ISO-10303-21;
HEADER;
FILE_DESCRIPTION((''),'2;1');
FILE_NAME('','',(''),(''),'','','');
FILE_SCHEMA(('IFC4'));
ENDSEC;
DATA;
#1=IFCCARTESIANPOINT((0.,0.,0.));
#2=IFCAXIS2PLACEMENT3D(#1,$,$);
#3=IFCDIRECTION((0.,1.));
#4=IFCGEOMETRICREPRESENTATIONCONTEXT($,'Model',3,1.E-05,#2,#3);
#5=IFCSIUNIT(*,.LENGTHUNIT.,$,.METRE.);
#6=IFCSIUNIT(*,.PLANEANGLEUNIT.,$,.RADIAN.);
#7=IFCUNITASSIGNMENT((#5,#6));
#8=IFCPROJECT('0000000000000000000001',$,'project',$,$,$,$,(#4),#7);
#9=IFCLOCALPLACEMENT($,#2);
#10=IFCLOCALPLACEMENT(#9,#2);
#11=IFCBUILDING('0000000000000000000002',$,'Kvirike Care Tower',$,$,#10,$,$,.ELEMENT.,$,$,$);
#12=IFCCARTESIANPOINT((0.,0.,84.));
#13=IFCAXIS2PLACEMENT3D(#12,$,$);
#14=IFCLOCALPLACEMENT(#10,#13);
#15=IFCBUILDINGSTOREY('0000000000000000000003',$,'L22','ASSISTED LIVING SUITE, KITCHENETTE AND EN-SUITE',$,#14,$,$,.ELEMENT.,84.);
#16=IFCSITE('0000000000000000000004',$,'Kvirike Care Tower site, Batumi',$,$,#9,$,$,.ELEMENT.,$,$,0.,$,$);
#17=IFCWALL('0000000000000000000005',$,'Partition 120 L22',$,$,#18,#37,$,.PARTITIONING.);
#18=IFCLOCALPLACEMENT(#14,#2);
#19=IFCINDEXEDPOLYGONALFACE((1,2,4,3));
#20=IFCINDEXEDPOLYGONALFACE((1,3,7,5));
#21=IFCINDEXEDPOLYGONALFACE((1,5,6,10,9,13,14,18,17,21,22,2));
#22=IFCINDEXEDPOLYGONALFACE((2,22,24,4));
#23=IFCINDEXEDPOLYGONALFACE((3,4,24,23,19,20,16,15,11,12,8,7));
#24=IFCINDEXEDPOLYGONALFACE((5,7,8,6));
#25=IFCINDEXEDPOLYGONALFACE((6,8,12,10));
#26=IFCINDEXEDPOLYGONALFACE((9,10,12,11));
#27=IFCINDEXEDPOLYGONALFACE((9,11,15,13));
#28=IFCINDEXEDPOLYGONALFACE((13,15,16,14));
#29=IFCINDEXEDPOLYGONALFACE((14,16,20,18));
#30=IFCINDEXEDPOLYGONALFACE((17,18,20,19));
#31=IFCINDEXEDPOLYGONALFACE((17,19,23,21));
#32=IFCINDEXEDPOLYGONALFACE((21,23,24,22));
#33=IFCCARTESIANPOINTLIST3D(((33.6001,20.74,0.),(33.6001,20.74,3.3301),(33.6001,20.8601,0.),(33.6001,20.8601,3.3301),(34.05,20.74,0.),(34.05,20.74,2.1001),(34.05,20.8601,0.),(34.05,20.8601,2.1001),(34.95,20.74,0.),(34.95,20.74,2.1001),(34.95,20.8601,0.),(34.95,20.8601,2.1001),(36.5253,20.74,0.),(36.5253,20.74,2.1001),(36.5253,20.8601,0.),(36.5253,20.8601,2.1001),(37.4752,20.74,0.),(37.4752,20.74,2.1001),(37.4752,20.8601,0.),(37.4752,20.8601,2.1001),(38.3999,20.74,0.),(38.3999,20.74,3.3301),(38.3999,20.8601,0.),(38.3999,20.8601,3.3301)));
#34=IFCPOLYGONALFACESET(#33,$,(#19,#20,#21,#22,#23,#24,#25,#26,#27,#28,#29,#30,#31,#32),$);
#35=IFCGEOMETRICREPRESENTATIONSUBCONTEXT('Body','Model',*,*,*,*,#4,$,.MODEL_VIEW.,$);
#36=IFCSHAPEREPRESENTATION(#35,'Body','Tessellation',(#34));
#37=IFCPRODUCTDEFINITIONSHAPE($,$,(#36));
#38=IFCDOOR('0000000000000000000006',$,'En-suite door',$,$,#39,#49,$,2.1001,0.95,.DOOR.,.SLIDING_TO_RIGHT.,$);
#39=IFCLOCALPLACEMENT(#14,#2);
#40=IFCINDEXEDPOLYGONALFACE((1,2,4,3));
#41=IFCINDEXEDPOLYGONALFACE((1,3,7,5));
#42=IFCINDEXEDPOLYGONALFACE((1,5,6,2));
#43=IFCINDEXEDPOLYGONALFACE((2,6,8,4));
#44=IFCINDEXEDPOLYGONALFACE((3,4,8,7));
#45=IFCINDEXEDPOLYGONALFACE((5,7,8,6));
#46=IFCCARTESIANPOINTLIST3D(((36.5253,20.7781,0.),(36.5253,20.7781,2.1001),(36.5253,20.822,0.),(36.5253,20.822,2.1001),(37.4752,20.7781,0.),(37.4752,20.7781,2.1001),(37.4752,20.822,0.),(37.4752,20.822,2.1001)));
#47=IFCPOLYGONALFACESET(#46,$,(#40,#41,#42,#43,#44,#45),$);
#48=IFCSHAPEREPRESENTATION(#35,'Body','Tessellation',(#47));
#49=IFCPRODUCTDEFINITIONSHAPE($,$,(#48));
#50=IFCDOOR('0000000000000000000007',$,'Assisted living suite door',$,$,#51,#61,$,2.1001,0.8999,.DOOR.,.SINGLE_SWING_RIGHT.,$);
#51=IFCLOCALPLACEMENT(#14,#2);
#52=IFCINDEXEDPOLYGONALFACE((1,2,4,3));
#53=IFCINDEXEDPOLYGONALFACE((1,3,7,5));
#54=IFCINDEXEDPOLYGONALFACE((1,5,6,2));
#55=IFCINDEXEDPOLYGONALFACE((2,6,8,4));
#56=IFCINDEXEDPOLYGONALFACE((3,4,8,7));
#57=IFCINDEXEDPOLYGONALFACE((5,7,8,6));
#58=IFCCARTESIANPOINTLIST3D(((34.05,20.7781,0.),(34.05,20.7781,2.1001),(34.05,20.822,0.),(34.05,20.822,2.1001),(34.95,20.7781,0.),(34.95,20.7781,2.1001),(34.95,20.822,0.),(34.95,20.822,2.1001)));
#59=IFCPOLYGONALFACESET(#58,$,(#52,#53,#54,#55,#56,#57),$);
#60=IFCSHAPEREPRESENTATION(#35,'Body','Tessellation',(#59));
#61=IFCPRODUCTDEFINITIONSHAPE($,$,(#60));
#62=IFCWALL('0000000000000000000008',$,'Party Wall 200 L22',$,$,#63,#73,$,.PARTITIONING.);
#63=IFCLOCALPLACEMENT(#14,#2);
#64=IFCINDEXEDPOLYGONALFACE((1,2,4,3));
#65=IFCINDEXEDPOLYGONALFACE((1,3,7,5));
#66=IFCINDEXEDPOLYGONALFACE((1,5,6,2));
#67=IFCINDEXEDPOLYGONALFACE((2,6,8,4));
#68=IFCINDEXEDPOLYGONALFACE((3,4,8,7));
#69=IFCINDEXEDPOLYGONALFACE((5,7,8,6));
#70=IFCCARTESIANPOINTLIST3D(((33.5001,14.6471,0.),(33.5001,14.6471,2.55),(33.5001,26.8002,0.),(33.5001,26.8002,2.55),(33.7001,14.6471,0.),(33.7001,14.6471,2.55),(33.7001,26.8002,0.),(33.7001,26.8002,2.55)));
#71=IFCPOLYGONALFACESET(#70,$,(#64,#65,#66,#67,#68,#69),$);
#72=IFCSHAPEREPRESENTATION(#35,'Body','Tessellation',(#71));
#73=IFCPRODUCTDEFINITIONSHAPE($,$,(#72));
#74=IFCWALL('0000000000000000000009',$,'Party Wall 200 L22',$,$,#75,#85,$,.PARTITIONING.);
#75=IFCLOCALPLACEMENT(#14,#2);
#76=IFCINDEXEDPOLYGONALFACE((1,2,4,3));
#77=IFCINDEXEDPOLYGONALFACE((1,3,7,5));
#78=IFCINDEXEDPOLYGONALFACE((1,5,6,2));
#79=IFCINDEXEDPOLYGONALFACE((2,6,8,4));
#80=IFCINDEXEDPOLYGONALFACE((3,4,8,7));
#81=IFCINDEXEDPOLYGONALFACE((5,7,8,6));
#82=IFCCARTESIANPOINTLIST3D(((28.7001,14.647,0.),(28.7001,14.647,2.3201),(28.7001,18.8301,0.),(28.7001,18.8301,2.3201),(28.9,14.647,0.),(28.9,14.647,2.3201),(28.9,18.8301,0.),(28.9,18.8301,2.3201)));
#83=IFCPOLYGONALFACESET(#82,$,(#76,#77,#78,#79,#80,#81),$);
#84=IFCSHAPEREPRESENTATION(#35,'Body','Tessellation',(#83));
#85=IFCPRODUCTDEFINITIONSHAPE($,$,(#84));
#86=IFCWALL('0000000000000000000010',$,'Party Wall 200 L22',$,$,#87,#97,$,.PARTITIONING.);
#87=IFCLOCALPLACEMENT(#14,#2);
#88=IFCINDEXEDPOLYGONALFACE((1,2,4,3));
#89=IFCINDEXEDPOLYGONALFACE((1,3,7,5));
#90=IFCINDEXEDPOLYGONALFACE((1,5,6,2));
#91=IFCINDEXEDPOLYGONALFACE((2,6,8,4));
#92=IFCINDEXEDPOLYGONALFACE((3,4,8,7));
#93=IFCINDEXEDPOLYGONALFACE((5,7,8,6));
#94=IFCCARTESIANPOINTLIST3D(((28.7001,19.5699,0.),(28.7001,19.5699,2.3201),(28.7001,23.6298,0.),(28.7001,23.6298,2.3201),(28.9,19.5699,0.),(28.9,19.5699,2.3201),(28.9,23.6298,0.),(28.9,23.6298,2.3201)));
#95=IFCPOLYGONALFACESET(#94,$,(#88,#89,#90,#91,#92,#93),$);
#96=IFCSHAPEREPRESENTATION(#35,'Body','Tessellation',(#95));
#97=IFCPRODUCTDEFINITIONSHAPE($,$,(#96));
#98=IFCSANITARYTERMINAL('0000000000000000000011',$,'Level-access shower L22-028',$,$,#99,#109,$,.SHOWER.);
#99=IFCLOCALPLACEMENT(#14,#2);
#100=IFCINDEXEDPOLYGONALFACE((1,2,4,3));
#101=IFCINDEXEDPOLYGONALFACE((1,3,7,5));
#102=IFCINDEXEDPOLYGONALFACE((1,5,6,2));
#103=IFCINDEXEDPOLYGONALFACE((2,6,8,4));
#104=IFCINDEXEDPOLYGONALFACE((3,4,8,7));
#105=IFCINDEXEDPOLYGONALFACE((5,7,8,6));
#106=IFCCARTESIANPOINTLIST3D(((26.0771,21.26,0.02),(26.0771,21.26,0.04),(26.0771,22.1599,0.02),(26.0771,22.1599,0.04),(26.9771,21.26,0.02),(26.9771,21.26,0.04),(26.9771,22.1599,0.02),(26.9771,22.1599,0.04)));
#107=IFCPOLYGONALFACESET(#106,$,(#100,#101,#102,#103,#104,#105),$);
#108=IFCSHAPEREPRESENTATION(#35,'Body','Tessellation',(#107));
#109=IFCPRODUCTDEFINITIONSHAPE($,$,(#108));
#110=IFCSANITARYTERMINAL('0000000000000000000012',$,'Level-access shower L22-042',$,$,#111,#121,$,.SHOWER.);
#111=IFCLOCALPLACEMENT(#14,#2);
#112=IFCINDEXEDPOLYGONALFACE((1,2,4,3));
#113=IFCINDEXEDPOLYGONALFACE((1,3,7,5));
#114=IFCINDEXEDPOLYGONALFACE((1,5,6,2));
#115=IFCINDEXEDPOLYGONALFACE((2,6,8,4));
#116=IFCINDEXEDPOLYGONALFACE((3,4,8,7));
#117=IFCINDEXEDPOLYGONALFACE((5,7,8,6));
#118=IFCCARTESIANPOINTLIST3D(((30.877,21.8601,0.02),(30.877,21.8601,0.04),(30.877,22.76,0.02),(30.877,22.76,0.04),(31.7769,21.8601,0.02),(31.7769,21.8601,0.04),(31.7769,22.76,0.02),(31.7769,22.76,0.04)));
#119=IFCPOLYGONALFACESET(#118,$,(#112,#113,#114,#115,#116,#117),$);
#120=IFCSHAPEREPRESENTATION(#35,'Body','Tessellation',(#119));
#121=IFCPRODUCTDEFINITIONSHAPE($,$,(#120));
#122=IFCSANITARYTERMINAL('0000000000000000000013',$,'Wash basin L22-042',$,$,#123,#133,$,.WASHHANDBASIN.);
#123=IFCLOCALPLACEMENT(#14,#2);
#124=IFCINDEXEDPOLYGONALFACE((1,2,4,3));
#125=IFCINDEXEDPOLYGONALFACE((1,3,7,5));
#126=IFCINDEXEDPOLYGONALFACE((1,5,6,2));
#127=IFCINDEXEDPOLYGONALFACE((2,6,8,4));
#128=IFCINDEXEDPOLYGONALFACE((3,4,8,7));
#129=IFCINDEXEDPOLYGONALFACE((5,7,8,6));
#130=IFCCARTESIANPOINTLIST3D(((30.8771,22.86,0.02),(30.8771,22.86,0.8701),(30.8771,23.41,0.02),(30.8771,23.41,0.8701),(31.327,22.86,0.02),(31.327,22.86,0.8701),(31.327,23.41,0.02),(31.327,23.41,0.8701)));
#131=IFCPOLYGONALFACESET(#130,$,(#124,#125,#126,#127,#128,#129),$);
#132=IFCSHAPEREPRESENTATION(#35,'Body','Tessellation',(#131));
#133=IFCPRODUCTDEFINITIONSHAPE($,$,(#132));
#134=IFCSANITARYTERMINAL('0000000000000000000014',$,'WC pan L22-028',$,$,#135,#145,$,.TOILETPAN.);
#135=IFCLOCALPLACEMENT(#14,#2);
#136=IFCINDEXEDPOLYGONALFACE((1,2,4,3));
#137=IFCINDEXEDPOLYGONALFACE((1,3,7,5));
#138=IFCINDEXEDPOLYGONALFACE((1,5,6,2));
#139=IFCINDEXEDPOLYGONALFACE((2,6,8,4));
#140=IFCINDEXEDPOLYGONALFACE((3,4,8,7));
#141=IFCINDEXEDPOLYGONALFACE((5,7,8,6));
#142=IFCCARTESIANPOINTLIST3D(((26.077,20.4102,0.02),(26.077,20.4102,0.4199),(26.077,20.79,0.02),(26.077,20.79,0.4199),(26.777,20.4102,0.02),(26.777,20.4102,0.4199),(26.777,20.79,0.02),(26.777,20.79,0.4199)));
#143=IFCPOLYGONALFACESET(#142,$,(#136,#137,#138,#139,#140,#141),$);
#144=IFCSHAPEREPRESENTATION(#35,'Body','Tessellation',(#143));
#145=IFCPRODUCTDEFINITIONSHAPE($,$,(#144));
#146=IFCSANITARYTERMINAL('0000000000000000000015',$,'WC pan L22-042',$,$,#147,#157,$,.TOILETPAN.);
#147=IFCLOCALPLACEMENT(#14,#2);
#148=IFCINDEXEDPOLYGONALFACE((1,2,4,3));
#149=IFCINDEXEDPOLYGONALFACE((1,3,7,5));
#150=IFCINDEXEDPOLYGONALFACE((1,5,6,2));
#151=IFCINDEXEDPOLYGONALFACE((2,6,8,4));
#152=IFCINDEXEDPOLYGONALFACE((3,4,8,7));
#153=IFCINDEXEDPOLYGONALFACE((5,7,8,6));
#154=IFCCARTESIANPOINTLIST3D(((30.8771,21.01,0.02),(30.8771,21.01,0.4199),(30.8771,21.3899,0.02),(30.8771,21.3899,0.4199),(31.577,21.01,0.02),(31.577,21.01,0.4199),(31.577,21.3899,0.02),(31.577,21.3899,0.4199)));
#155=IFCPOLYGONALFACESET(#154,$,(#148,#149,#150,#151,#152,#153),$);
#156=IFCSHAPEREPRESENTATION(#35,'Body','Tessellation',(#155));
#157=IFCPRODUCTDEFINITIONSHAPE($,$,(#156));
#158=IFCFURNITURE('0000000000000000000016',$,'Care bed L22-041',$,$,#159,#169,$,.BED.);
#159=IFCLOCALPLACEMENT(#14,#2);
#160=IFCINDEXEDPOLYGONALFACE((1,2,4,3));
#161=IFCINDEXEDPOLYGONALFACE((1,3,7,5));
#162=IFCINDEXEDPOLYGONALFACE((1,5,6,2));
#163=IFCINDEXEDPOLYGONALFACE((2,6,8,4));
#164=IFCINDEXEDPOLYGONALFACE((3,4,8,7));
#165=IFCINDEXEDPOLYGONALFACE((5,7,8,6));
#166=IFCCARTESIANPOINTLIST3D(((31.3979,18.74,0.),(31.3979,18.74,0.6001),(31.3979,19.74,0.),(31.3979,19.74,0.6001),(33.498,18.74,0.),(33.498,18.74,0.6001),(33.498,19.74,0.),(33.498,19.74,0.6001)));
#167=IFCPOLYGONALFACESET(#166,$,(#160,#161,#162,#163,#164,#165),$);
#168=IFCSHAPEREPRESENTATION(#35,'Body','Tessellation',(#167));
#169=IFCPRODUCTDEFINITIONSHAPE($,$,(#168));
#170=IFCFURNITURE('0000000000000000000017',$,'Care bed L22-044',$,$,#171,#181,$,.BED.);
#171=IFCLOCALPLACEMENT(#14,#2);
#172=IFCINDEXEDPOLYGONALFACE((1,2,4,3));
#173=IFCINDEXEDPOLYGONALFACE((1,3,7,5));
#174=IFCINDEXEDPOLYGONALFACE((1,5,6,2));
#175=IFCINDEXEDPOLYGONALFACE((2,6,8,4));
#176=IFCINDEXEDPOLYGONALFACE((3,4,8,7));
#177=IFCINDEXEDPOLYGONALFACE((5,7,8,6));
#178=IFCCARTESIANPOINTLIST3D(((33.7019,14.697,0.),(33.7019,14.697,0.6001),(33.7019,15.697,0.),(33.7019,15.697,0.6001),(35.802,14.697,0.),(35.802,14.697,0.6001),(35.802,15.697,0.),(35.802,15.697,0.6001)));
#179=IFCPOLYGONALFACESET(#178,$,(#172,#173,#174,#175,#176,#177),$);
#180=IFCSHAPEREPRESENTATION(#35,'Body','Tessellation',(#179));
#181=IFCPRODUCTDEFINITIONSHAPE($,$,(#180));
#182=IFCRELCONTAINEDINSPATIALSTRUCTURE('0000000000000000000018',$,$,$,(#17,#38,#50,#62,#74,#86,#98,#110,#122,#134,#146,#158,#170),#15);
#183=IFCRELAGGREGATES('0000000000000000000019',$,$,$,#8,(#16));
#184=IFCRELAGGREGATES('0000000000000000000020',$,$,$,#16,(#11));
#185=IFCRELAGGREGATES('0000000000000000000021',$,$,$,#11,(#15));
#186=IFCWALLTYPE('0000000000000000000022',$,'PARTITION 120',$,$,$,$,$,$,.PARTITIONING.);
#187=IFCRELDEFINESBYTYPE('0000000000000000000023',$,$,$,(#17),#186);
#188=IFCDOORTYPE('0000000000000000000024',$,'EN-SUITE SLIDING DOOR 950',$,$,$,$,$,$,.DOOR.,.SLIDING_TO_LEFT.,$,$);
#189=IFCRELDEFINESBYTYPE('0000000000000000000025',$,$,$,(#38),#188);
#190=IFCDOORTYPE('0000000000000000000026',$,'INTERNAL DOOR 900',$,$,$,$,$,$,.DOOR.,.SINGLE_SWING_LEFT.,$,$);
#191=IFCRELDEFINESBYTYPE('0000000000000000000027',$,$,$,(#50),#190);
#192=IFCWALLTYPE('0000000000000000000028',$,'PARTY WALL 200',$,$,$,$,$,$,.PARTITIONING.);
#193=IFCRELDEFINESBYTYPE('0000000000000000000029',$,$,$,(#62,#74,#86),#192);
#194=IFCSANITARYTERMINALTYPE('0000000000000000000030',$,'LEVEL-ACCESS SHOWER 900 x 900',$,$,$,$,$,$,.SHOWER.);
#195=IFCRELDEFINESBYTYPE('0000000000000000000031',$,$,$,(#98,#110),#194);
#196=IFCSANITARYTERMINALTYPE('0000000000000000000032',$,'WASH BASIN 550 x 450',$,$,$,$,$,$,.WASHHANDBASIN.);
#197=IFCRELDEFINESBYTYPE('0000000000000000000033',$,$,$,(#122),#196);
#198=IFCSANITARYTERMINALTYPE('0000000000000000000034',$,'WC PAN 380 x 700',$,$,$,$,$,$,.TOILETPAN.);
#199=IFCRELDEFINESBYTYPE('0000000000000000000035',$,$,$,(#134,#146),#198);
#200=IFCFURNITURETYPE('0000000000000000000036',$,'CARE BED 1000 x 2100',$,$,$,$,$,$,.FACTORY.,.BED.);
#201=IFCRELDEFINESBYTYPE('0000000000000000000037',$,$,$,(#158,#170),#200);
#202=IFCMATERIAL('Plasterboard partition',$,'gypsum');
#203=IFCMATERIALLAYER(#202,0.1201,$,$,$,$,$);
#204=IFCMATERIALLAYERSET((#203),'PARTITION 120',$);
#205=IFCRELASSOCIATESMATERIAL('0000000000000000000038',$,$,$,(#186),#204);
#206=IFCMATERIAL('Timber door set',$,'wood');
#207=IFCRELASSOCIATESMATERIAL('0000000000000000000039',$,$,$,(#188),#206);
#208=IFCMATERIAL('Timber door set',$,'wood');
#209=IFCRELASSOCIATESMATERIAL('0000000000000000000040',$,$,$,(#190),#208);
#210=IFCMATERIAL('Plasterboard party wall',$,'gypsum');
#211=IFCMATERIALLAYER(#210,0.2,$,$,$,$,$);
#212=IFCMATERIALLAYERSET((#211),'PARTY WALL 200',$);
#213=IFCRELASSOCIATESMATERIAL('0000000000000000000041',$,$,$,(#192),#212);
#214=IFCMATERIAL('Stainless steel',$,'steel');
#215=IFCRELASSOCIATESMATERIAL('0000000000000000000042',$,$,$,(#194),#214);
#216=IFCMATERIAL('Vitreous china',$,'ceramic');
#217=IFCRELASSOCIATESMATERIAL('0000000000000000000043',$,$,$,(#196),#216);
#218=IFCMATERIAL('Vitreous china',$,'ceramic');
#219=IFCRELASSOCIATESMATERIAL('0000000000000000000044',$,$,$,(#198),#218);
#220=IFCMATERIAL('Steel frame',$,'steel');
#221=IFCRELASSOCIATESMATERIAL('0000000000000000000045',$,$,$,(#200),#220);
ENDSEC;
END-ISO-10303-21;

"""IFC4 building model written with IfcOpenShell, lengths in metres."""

from ifc_helpers import new_model, si_unit, direction, frame, frame_2d, origin, origin_2d, place, context, subcontext, project, spatial, rectangle, extrude, material, layer, layer_set, type_object, element, fill, save


model = new_model("IFC4")

# Units and contexts
model_context = context("Model", 3, precision=1e-05, world=origin(), true_north=direction((0.0, 1.0)))
body_context = subcontext(model_context, "Body", "Model", "MODEL_VIEW")
ifc_project = project(units=[si_unit("LENGTHUNIT", "METRE"), si_unit("PLANEANGLEUNIT", "RADIAN")], contexts=[model_context])

# Site, building, storey
site_placement = place(None, origin())
site = spatial("IfcSite", under=ifc_project, at=site_placement, Name="Kvirike Care Tower site, Batumi", CompositionType="ELEMENT", RefElevation=0.0)
building_placement = place(site_placement, origin())
building = spatial("IfcBuilding", under=site, at=building_placement, Name="Kvirike Care Tower", CompositionType="ELEMENT")
storey_placement = place(building_placement, frame((0.0, 0.0, 84.0)))
storey = spatial("IfcBuildingStorey", under=building, at=storey_placement, Name="L22", Description="ASSISTED LIVING SUITE, KITCHENETTE AND EN-SUITE", CompositionType="ELEMENT", Elevation=84.0)

# Wall, openings, doors
ifc_material_1 = material(Name="Plasterboard partition", Category="gypsum")
ifc_layer_1 = layer(ifc_material_1, 0.1201)
ifc_layer_set_1 = layer_set([ifc_layer_1], Name="PARTITION 120")
wall_type_1 = type_object("IfcWallType", Name="PARTITION 120", PredefinedType="PARTITIONING", material=ifc_layer_set_1)
ifc_material_2 = material(Name="Timber door set", Category="wood")
door_type_1 = type_object("IfcDoorType", Name="EN-SUITE SLIDING DOOR 950", OperationType="SLIDING_TO_LEFT", PredefinedType="DOOR", material=ifc_material_2)
ifc_material_3 = material(Name="Timber door set", Category="wood")
door_type_2 = type_object("IfcDoorType", Name="INTERNAL DOOR 900", OperationType="SINGLE_SWING_LEFT", PredefinedType="DOOR", material=ifc_material_3)
wall_1_placement = place(storey_placement, frame((33.6001, 20.8, 0.0), z_axis=(0.0, 0.0, 1.0), x_axis=(1.0, 0.0, 0.0)))
wall_1 = element("IfcWall", 1, at=wall_1_placement, inside=storey, type_object=wall_type_1, Name="Partition 120 L22", PredefinedType="PARTITIONING", context=body_context, shape_type="SweptSolid", body=[
    extrude(rectangle(XDim=4.7998, YDim=0.1201, at=frame_2d((2.3999, 0.0))), origin(), (0.0, 0.0, 1.0), 3.3301),
])
opening_1_placement = place(wall_1_placement, frame((0.45, 0.0, 0.0)))
opening_1 = element("IfcOpeningElement", 2, at=opening_1_placement, cuts=wall_1, PredefinedType="OPENING", context=body_context, shape_type="SweptSolid", body=[
    extrude(rectangle(XDim=0.8999, YDim=2.1001, at=frame_2d((0.45, 1.05))), frame((0.0, 0.0706, 0.0), z_axis=(0.0, -1.0, 0.0), x_axis=(1.0, 0.0, 0.0)), (0.0, 0.0, 1.0), 0.1411),
])
opening_2_placement = place(wall_1_placement, frame((2.925, 0.0, 0.0)))
opening_2 = element("IfcOpeningElement", 3, at=opening_2_placement, cuts=wall_1, PredefinedType="OPENING", context=body_context, shape_type="SweptSolid", body=[
    extrude(rectangle(XDim=0.95, YDim=2.1001, at=frame_2d((0.4751, 1.05))), frame((0.0, 0.0706, 0.0), z_axis=(0.0, -1.0, 0.0), x_axis=(1.0, 0.0, 0.0)), (0.0, 0.0, 1.0), 0.1411),
])
door_1_placement = place(opening_2_placement, origin())
door_1 = element("IfcDoor", 4, at=door_1_placement, inside=storey, type_object=door_type_1, Name="En-suite door", OperationType="SLIDING_TO_RIGHT", OverallHeight=2.1001, OverallWidth=0.95, PredefinedType="DOOR", context=body_context, shape_type="SweptSolid", body=[
    extrude(rectangle(XDim=0.95, YDim=2.1001, at=frame_2d((0.4751, 1.05))), frame((0.0, 0.022, 0.0), z_axis=(0.0, -1.0, 0.0), x_axis=(1.0, 0.0, 0.0)), (0.0, 0.0, 1.0), 0.0439),
])
fill(opening_2, door_1)
door_2_placement = place(opening_1_placement, origin())
door_2 = element("IfcDoor", 5, at=door_2_placement, inside=storey, type_object=door_type_2, Name="Assisted living suite door", OperationType="SINGLE_SWING_RIGHT", OverallHeight=2.1001, OverallWidth=0.8999, PredefinedType="DOOR", context=body_context, shape_type="SweptSolid", body=[
    extrude(rectangle(XDim=0.8999, YDim=2.1001, at=frame_2d((0.45, 1.05))), frame((0.0, 0.022, 0.0), z_axis=(0.0, -1.0, 0.0), x_axis=(1.0, 0.0, 0.0)), (0.0, 0.0, 1.0), 0.0439),
])
fill(opening_1, door_2)

# Walls
ifc_material_4 = material(Name="Plasterboard party wall", Category="gypsum")
ifc_layer_2 = layer(ifc_material_4, 0.2)
ifc_layer_set_2 = layer_set([ifc_layer_2], Name="PARTY WALL 200")
wall_type_2 = type_object("IfcWallType", Name="PARTY WALL 200", PredefinedType="PARTITIONING", material=ifc_layer_set_2)
wall_2_placement = place(storey_placement, frame((33.6001, 14.647, 0.0), z_axis=(0.0, 0.0, 1.0), x_axis=(0.0, 1.0, 0.0)))
element("IfcWall", 6, at=wall_2_placement, inside=storey, type_object=wall_type_2, Name="Party Wall 200 L22", PredefinedType="PARTITIONING", context=body_context, shape_type="SweptSolid", body=[
    extrude(rectangle(XDim=12.1531, YDim=0.2, at=frame_2d((6.0767, 0.0))), origin(), (0.0, 0.0, 1.0), 2.55),
])
wall_3_placement = place(storey_placement, frame((28.8, 14.647, 0.0), z_axis=(0.0, 0.0, 1.0), x_axis=(0.0, 1.0, 0.0)))
element("IfcWall", 7, at=wall_3_placement, inside=storey, type_object=wall_type_2, Name="Party Wall 200 L22", PredefinedType="PARTITIONING", context=body_context, shape_type="SweptSolid", body=[
    extrude(rectangle(XDim=4.1831, YDim=0.2, at=frame_2d((2.0916, 0.0))), origin(), (0.0, 0.0, 1.0), 2.3201),
])
wall_4_placement = place(storey_placement, frame((28.8, 19.5701, 0.0), z_axis=(0.0, 0.0, 1.0), x_axis=(0.0, 1.0, 0.0)))
element("IfcWall", 8, at=wall_4_placement, inside=storey, type_object=wall_type_2, Name="Party Wall 200 L22", PredefinedType="PARTITIONING", context=body_context, shape_type="SweptSolid", body=[
    extrude(rectangle(XDim=4.0598, YDim=0.2, at=frame_2d((2.0298, 0.0))), origin(), (0.0, 0.0, 1.0), 2.3201),
])

# Sanitary terminals
ifc_material_5 = material(Name="Stainless steel", Category="steel")
sanitary_terminal_type_1 = type_object("IfcSanitaryTerminalType", Name="LEVEL-ACCESS SHOWER 900 x 900", PredefinedType="SHOWER", material=ifc_material_5)
for number, where, z_axis, x_axis, name in (
    (9, (26.5271, 21.71, 0.02), (0.0, 0.0, 1.0), (0.0, 1.0, 0.0), "Level-access shower L22-028"),
    (10, (31.3269, 22.3101, 0.02), (0.0, 0.0, 1.0), (0.0, 1.0, 0.0), "Level-access shower L22-042"),
):
    element("IfcSanitaryTerminal", number, at=place(storey_placement, frame(where, z_axis=z_axis, x_axis=x_axis)), inside=storey, type_object=sanitary_terminal_type_1, Name=name, PredefinedType="SHOWER", context=body_context, shape_type="SweptSolid", body=[
        extrude(rectangle(XDim=0.8999, YDim=0.8999, at=origin_2d()), origin(), (0.0, 0.0, 1.0), 0.02),
    ])
ifc_material_6 = material(Name="Vitreous china", Category="ceramic")
sanitary_terminal_type_2 = type_object("IfcSanitaryTerminalType", Name="WASH BASIN 550 x 450", PredefinedType="WASHHANDBASIN", material=ifc_material_6)
sanitary_terminal_placement = place(storey_placement, frame((31.1021, 23.135, 0.02), z_axis=(0.0, 0.0, 1.0), x_axis=(0.0, 1.0, 0.0)))
element("IfcSanitaryTerminal", 11, at=sanitary_terminal_placement, inside=storey, type_object=sanitary_terminal_type_2, Name="Wash basin L22-042", PredefinedType="WASHHANDBASIN", context=body_context, shape_type="SweptSolid", body=[
    extrude(rectangle(XDim=0.55, YDim=0.45, at=origin_2d()), origin(), (0.0, 0.0, 1.0), 0.8501),
])
ifc_material_7 = material(Name="Vitreous china", Category="ceramic")
sanitary_terminal_type_3 = type_object("IfcSanitaryTerminalType", Name="WC PAN 380 x 700", PredefinedType="TOILETPAN", material=ifc_material_7)
for number, where, z_axis, x_axis, name in (
    (12, (26.427, 20.6001, 0.02), (0.0, 0.0, 1.0), (0.0, 1.0, 0.0), "WC pan L22-028"),
    (13, (31.2271, 21.2, 0.02), (0.0, 0.0, 1.0), (0.0, 1.0, 0.0), "WC pan L22-042"),
):
    element("IfcSanitaryTerminal", number, at=place(storey_placement, frame(where, z_axis=z_axis, x_axis=x_axis)), inside=storey, type_object=sanitary_terminal_type_3, Name=name, PredefinedType="TOILETPAN", context=body_context, shape_type="SweptSolid", body=[
        extrude(rectangle(XDim=0.3799, YDim=0.7, at=origin_2d()), origin(), (0.0, 0.0, 1.0), 0.3999),
    ])

# Furniture
ifc_material_8 = material(Name="Steel frame", Category="steel")
furniture_type_1 = type_object("IfcFurnitureType", Name="CARE BED 1000 x 2100", AssemblyPlace="FACTORY", PredefinedType="BED", material=ifc_material_8)
for number, where, z_axis, x_axis, name in (
    (14, (32.448, 19.24, 0.0), (0.0, 0.0, 1.0), (0.0, -1.0, 0.0), "Care bed L22-041"),
    (15, (34.752, 15.197, 0.0), (0.0, 0.0, 1.0), (0.0, 1.0, 0.0), "Care bed L22-044"),
):
    element("IfcFurniture", number, at=place(storey_placement, frame(where, z_axis=z_axis, x_axis=x_axis)), inside=storey, type_object=furniture_type_1, Name=name, PredefinedType="BED", context=body_context, shape_type="SweptSolid", body=[
        extrude(rectangle(XDim=1.0, YDim=2.1001, at=origin_2d()), origin(), (0.0, 0.0, 1.0), 0.6001),
    ])

save(model, "model.ifc")
